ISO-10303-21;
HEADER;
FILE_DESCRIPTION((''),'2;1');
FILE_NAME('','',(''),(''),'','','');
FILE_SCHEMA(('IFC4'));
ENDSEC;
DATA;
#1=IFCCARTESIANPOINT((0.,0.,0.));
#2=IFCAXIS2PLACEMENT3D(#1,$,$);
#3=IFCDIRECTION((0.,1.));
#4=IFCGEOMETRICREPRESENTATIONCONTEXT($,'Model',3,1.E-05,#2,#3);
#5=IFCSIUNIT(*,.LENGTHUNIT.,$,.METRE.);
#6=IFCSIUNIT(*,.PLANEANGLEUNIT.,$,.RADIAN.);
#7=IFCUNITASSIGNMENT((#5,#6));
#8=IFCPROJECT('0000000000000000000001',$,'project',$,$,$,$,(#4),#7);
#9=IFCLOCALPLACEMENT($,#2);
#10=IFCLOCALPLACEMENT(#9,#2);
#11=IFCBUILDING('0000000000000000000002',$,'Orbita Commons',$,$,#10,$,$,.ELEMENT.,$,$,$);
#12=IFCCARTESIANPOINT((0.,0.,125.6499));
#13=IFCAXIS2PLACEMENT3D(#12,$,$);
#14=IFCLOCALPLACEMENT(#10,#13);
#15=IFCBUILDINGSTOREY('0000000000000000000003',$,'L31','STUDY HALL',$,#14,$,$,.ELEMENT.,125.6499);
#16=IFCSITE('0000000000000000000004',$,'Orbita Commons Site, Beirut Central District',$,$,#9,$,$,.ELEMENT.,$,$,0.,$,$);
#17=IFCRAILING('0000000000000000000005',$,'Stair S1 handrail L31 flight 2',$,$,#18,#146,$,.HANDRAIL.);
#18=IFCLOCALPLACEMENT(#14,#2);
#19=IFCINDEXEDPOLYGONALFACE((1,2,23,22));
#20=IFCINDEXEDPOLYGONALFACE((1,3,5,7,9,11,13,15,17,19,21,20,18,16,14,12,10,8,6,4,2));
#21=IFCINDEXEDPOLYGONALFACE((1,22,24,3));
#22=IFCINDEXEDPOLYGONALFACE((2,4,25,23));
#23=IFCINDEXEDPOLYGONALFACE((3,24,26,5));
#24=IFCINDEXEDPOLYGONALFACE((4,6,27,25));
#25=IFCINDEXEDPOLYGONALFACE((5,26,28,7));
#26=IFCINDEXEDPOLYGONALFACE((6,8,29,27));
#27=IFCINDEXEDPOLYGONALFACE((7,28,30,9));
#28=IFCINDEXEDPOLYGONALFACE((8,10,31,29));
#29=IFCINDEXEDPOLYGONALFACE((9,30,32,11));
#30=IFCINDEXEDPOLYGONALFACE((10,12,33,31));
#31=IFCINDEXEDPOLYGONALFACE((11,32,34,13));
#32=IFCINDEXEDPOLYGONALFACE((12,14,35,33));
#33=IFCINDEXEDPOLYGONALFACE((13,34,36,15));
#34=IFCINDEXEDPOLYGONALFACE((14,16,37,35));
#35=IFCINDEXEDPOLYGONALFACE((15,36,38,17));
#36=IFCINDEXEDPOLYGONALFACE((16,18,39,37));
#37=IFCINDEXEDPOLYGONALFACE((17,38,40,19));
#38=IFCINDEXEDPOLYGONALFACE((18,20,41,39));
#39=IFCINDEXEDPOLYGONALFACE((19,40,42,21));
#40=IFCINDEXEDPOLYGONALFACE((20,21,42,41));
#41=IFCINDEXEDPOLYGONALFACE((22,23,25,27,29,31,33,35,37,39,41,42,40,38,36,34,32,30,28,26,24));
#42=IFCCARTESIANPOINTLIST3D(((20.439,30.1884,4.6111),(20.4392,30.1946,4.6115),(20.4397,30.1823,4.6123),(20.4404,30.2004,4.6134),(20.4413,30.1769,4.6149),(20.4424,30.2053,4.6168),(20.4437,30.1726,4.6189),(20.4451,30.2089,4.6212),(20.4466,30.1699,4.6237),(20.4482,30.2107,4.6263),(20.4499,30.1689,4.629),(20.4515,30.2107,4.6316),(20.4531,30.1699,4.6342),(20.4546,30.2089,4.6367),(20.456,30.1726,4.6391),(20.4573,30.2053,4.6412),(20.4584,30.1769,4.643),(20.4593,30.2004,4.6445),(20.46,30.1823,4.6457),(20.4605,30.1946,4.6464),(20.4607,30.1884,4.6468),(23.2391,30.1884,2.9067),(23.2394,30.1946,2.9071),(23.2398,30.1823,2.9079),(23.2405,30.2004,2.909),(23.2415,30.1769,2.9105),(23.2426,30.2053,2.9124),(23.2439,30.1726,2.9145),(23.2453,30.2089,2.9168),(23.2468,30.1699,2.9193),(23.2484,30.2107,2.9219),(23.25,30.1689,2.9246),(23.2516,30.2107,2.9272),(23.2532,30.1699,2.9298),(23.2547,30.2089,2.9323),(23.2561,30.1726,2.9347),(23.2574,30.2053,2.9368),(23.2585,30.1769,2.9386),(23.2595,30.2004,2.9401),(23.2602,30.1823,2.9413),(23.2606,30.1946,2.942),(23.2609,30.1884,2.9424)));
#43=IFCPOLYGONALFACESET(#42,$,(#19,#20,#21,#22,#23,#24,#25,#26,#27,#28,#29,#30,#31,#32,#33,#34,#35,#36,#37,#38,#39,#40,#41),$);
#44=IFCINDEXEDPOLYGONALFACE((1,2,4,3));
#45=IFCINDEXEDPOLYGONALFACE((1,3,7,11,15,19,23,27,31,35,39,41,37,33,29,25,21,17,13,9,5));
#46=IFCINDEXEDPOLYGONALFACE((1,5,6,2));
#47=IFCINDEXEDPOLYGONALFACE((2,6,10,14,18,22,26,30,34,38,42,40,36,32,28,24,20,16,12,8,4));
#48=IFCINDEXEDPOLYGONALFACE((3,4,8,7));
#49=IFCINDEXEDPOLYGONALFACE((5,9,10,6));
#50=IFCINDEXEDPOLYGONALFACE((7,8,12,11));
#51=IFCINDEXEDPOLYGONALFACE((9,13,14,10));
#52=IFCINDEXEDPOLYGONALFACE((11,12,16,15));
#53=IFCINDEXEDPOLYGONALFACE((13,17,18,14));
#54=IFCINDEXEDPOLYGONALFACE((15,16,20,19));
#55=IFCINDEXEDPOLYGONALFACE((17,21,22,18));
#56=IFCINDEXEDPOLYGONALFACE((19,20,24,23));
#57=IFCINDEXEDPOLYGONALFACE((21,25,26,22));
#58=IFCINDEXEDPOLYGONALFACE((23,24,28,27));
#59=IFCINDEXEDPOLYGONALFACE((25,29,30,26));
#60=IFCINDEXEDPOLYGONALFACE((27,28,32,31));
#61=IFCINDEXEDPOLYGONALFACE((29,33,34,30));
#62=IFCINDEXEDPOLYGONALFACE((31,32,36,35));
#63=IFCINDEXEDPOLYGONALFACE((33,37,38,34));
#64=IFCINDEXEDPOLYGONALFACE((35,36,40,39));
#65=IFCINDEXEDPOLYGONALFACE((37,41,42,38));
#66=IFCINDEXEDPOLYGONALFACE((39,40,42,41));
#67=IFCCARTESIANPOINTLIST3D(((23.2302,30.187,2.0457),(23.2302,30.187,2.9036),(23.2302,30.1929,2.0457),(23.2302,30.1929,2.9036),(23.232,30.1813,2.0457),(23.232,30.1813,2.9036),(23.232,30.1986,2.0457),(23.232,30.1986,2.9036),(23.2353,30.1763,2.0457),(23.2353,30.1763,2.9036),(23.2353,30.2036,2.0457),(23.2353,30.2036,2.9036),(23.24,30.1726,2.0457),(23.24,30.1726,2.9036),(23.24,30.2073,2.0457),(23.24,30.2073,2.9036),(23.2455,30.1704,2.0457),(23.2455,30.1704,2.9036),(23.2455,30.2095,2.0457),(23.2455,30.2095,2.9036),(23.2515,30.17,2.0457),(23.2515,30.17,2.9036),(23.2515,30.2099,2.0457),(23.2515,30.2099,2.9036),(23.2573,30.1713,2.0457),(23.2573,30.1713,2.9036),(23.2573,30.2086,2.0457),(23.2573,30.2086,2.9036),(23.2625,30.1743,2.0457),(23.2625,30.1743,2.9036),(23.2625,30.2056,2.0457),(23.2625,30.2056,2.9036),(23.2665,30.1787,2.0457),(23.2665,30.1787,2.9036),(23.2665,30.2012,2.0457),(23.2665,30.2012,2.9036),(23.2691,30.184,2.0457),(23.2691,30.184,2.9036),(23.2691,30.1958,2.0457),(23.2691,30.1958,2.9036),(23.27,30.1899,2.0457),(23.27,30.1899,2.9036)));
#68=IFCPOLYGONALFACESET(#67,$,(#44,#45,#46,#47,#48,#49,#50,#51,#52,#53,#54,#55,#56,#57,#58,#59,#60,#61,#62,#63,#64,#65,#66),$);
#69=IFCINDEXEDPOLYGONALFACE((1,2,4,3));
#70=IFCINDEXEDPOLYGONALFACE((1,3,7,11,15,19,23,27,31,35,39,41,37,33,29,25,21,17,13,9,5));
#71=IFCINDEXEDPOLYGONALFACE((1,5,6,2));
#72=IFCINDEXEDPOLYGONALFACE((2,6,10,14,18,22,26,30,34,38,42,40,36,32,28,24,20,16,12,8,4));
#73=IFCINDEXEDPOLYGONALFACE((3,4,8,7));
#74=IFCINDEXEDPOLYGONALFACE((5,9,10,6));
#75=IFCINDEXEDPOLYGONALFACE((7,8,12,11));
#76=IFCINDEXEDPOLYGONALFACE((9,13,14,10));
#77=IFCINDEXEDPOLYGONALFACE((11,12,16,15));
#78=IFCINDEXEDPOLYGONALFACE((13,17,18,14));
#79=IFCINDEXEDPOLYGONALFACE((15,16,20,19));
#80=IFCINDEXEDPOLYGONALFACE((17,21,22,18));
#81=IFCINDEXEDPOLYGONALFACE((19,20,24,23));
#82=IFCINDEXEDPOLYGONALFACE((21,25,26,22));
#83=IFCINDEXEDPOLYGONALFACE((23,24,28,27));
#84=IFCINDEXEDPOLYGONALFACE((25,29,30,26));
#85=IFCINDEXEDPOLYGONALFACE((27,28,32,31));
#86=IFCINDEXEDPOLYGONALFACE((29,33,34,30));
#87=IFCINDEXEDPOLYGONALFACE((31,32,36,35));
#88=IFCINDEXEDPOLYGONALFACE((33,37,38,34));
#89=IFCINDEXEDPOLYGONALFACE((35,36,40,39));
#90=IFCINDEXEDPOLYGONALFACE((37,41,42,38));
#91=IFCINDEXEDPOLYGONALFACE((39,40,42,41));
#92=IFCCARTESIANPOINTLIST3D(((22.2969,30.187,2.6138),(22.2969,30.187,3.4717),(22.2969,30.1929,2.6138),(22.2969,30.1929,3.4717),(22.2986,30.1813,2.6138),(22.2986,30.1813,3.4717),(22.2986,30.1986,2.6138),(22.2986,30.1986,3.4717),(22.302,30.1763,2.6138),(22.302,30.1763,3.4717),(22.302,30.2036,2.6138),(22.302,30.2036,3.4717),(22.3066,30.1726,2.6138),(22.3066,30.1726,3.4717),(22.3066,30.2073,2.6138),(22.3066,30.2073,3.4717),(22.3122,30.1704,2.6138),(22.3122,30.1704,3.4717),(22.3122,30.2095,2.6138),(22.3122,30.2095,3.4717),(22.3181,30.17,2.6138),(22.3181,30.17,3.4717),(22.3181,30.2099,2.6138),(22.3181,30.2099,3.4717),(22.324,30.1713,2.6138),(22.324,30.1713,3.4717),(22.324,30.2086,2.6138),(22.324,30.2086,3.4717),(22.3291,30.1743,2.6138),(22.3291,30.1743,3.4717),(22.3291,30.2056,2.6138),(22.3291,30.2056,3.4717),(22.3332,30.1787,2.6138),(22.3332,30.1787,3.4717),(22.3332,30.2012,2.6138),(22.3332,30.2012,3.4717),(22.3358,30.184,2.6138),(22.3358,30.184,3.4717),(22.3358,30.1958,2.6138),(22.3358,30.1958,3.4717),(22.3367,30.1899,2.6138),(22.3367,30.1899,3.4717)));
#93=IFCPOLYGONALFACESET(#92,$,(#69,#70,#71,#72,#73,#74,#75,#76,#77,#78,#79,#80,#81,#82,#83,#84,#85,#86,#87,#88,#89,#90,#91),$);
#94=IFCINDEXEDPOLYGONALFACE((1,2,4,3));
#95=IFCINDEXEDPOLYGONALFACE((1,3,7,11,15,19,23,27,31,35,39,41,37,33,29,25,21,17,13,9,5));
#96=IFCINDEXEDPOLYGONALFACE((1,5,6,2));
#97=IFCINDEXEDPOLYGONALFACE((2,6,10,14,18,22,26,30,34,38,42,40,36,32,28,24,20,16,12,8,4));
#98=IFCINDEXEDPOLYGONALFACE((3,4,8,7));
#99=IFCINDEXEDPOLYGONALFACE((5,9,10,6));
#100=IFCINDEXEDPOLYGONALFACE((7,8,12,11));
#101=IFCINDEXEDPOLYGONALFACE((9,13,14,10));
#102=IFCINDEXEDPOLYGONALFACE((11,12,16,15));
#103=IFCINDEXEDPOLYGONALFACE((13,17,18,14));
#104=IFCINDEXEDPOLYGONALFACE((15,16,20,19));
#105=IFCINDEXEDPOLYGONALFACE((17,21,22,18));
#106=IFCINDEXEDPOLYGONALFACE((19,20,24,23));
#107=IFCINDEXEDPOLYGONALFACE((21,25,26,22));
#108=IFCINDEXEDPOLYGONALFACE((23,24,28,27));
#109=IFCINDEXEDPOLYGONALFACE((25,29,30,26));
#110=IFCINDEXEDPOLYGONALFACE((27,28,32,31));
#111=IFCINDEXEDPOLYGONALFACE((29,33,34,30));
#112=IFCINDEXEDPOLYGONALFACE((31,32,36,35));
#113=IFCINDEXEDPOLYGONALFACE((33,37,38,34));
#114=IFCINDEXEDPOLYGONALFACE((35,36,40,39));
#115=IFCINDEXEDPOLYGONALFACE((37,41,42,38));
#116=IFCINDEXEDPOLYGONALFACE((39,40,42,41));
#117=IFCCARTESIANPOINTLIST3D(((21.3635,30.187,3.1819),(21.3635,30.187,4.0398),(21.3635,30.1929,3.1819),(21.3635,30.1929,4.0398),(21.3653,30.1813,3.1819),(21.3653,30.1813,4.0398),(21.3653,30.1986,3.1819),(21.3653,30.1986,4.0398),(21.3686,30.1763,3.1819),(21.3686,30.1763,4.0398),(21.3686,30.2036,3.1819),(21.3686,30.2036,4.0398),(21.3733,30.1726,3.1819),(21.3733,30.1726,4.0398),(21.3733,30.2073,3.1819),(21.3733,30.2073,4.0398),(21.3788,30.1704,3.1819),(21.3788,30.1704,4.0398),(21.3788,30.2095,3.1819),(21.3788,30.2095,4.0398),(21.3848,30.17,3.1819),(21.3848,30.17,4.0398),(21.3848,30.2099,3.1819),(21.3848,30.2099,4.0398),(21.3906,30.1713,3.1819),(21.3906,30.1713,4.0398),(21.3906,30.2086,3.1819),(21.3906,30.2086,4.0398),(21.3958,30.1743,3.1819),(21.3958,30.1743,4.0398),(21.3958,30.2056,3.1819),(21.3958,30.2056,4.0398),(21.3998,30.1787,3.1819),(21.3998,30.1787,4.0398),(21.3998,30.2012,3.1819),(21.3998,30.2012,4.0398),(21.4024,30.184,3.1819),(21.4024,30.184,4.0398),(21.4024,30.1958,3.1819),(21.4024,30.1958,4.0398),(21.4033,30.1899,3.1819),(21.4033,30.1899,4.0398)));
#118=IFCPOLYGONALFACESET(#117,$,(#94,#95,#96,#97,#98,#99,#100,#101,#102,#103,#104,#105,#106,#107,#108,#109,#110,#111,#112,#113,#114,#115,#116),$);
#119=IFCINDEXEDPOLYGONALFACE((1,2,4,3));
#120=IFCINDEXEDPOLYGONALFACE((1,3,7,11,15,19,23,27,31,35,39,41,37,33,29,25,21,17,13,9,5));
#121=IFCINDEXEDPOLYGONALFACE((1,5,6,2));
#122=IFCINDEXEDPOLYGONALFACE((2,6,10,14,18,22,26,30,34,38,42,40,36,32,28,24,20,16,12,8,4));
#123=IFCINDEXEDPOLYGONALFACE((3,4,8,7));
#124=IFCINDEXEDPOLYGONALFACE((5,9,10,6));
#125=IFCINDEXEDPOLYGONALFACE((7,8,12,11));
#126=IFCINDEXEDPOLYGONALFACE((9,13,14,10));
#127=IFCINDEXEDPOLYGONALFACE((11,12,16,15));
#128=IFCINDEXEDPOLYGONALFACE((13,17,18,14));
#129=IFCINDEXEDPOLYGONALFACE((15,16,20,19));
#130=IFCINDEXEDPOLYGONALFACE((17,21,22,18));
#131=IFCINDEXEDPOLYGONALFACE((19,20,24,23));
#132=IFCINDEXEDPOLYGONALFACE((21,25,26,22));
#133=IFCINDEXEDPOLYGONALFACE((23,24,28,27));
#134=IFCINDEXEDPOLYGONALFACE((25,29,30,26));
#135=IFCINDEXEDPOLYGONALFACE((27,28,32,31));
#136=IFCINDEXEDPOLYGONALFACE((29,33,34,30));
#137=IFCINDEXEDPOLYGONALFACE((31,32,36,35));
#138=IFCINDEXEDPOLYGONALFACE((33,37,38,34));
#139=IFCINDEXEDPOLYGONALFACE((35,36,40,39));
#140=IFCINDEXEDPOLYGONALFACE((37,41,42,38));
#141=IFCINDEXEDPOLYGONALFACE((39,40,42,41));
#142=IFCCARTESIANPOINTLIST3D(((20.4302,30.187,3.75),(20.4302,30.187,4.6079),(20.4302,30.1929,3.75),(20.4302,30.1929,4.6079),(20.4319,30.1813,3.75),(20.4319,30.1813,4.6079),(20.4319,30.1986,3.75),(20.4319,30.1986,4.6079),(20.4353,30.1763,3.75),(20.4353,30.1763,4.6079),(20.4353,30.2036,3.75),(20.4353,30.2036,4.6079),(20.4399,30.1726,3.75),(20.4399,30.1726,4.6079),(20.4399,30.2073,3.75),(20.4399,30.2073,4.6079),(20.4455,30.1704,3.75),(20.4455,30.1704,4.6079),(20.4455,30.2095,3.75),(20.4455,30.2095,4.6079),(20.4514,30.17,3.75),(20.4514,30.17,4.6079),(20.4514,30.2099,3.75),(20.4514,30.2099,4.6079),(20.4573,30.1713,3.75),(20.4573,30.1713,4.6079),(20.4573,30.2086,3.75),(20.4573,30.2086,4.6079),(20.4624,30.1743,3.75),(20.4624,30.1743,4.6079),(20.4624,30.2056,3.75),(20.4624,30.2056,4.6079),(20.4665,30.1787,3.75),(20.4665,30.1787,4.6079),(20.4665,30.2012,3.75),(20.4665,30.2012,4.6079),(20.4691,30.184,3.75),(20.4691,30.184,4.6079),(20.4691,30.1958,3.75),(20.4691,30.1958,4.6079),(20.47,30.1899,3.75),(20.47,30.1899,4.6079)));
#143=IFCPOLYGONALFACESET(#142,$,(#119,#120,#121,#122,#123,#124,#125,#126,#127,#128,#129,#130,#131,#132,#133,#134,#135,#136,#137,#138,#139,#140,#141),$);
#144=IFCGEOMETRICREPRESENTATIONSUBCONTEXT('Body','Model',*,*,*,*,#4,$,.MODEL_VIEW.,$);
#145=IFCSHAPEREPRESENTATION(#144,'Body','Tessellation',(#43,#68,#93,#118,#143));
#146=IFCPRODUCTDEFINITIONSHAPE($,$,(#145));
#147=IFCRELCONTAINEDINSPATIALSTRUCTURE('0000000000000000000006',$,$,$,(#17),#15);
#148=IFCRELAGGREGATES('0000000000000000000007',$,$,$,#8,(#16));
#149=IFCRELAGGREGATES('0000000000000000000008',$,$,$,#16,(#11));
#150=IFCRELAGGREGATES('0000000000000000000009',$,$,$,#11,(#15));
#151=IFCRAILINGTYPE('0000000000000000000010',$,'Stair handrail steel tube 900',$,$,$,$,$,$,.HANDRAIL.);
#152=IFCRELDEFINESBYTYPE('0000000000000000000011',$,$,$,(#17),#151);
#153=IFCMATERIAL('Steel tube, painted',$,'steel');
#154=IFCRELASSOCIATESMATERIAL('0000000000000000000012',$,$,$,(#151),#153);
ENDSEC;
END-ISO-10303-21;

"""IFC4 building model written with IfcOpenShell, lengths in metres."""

from ifc_helpers import new_model, si_unit, direction, frame, origin, origin_2d, place, context, subcontext, project, spatial, circle, extrude, material, type_object, element, save


model = new_model("IFC4")

# Units and contexts
model_context = context("Model", 3, precision=1e-05, world=origin(), true_north=direction((0.0, 1.0)))
body_context = subcontext(model_context, "Body", "Model", "MODEL_VIEW")
ifc_project = project(units=[si_unit("LENGTHUNIT", "METRE"), si_unit("PLANEANGLEUNIT", "RADIAN")], contexts=[model_context])

# Site, building, storey
site_placement = place(None, origin())
site = spatial("IfcSite", under=ifc_project, at=site_placement, Name="Orbita Commons Site, Beirut Central District", CompositionType="ELEMENT", RefElevation=0.0)
building_placement = place(site_placement, origin())
building = spatial("IfcBuilding", under=site, at=building_placement, Name="Orbita Commons", CompositionType="ELEMENT")
storey_placement = place(building_placement, frame((0.0, 0.0, 125.6499)))
storey = spatial("IfcBuildingStorey", under=building, at=storey_placement, Name="L31", Description="STUDY HALL", CompositionType="ELEMENT", Elevation=125.6499)

# Railing
ifc_material_1 = material(Name="Steel tube, painted", Category="steel")
railing_type = type_object("IfcRailingType", Name="Stair handrail steel tube 900", PredefinedType="HANDRAIL", material=ifc_material_1)
for number, where, name in (
    (1, (23.25, 30.1899, 2.0457), "Stair S1 handrail L31 flight 2"),
):
    element("IfcRailing", number, at=place(storey_placement, frame(where)), inside=storey, type_object=railing_type, Name=name, PredefinedType="HANDRAIL", context=body_context, shape_type="SweptSolid", body=[
        extrude(circle(Radius=0.021, at=origin_2d()), frame((0.0, 0.0, 0.8789), z_axis=(-0.854203, 0.0, 0.51994), x_axis=(0.0, -1.0, 0.0)), (0.0, 0.0, 1.0), 3.2781),
        extrude(circle(Radius=0.02, at=origin_2d()), origin(), (0.0, 0.0, 1.0), 0.8579),
        extrude(circle(Radius=0.02, at=origin_2d()), frame((-0.9333, 0.0, 0.5681)), (0.0, 0.0, 1.0), 0.8579),
        extrude(circle(Radius=0.02, at=origin_2d()), frame((-1.8667, 0.0, 1.1362)), (0.0, 0.0, 1.0), 0.8579),
        extrude(circle(Radius=0.02, at=origin_2d()), frame((-2.8, 0.0, 1.7043)), (0.0, 0.0, 1.0), 0.8579),
    ])

save(model, "model.ifc")
